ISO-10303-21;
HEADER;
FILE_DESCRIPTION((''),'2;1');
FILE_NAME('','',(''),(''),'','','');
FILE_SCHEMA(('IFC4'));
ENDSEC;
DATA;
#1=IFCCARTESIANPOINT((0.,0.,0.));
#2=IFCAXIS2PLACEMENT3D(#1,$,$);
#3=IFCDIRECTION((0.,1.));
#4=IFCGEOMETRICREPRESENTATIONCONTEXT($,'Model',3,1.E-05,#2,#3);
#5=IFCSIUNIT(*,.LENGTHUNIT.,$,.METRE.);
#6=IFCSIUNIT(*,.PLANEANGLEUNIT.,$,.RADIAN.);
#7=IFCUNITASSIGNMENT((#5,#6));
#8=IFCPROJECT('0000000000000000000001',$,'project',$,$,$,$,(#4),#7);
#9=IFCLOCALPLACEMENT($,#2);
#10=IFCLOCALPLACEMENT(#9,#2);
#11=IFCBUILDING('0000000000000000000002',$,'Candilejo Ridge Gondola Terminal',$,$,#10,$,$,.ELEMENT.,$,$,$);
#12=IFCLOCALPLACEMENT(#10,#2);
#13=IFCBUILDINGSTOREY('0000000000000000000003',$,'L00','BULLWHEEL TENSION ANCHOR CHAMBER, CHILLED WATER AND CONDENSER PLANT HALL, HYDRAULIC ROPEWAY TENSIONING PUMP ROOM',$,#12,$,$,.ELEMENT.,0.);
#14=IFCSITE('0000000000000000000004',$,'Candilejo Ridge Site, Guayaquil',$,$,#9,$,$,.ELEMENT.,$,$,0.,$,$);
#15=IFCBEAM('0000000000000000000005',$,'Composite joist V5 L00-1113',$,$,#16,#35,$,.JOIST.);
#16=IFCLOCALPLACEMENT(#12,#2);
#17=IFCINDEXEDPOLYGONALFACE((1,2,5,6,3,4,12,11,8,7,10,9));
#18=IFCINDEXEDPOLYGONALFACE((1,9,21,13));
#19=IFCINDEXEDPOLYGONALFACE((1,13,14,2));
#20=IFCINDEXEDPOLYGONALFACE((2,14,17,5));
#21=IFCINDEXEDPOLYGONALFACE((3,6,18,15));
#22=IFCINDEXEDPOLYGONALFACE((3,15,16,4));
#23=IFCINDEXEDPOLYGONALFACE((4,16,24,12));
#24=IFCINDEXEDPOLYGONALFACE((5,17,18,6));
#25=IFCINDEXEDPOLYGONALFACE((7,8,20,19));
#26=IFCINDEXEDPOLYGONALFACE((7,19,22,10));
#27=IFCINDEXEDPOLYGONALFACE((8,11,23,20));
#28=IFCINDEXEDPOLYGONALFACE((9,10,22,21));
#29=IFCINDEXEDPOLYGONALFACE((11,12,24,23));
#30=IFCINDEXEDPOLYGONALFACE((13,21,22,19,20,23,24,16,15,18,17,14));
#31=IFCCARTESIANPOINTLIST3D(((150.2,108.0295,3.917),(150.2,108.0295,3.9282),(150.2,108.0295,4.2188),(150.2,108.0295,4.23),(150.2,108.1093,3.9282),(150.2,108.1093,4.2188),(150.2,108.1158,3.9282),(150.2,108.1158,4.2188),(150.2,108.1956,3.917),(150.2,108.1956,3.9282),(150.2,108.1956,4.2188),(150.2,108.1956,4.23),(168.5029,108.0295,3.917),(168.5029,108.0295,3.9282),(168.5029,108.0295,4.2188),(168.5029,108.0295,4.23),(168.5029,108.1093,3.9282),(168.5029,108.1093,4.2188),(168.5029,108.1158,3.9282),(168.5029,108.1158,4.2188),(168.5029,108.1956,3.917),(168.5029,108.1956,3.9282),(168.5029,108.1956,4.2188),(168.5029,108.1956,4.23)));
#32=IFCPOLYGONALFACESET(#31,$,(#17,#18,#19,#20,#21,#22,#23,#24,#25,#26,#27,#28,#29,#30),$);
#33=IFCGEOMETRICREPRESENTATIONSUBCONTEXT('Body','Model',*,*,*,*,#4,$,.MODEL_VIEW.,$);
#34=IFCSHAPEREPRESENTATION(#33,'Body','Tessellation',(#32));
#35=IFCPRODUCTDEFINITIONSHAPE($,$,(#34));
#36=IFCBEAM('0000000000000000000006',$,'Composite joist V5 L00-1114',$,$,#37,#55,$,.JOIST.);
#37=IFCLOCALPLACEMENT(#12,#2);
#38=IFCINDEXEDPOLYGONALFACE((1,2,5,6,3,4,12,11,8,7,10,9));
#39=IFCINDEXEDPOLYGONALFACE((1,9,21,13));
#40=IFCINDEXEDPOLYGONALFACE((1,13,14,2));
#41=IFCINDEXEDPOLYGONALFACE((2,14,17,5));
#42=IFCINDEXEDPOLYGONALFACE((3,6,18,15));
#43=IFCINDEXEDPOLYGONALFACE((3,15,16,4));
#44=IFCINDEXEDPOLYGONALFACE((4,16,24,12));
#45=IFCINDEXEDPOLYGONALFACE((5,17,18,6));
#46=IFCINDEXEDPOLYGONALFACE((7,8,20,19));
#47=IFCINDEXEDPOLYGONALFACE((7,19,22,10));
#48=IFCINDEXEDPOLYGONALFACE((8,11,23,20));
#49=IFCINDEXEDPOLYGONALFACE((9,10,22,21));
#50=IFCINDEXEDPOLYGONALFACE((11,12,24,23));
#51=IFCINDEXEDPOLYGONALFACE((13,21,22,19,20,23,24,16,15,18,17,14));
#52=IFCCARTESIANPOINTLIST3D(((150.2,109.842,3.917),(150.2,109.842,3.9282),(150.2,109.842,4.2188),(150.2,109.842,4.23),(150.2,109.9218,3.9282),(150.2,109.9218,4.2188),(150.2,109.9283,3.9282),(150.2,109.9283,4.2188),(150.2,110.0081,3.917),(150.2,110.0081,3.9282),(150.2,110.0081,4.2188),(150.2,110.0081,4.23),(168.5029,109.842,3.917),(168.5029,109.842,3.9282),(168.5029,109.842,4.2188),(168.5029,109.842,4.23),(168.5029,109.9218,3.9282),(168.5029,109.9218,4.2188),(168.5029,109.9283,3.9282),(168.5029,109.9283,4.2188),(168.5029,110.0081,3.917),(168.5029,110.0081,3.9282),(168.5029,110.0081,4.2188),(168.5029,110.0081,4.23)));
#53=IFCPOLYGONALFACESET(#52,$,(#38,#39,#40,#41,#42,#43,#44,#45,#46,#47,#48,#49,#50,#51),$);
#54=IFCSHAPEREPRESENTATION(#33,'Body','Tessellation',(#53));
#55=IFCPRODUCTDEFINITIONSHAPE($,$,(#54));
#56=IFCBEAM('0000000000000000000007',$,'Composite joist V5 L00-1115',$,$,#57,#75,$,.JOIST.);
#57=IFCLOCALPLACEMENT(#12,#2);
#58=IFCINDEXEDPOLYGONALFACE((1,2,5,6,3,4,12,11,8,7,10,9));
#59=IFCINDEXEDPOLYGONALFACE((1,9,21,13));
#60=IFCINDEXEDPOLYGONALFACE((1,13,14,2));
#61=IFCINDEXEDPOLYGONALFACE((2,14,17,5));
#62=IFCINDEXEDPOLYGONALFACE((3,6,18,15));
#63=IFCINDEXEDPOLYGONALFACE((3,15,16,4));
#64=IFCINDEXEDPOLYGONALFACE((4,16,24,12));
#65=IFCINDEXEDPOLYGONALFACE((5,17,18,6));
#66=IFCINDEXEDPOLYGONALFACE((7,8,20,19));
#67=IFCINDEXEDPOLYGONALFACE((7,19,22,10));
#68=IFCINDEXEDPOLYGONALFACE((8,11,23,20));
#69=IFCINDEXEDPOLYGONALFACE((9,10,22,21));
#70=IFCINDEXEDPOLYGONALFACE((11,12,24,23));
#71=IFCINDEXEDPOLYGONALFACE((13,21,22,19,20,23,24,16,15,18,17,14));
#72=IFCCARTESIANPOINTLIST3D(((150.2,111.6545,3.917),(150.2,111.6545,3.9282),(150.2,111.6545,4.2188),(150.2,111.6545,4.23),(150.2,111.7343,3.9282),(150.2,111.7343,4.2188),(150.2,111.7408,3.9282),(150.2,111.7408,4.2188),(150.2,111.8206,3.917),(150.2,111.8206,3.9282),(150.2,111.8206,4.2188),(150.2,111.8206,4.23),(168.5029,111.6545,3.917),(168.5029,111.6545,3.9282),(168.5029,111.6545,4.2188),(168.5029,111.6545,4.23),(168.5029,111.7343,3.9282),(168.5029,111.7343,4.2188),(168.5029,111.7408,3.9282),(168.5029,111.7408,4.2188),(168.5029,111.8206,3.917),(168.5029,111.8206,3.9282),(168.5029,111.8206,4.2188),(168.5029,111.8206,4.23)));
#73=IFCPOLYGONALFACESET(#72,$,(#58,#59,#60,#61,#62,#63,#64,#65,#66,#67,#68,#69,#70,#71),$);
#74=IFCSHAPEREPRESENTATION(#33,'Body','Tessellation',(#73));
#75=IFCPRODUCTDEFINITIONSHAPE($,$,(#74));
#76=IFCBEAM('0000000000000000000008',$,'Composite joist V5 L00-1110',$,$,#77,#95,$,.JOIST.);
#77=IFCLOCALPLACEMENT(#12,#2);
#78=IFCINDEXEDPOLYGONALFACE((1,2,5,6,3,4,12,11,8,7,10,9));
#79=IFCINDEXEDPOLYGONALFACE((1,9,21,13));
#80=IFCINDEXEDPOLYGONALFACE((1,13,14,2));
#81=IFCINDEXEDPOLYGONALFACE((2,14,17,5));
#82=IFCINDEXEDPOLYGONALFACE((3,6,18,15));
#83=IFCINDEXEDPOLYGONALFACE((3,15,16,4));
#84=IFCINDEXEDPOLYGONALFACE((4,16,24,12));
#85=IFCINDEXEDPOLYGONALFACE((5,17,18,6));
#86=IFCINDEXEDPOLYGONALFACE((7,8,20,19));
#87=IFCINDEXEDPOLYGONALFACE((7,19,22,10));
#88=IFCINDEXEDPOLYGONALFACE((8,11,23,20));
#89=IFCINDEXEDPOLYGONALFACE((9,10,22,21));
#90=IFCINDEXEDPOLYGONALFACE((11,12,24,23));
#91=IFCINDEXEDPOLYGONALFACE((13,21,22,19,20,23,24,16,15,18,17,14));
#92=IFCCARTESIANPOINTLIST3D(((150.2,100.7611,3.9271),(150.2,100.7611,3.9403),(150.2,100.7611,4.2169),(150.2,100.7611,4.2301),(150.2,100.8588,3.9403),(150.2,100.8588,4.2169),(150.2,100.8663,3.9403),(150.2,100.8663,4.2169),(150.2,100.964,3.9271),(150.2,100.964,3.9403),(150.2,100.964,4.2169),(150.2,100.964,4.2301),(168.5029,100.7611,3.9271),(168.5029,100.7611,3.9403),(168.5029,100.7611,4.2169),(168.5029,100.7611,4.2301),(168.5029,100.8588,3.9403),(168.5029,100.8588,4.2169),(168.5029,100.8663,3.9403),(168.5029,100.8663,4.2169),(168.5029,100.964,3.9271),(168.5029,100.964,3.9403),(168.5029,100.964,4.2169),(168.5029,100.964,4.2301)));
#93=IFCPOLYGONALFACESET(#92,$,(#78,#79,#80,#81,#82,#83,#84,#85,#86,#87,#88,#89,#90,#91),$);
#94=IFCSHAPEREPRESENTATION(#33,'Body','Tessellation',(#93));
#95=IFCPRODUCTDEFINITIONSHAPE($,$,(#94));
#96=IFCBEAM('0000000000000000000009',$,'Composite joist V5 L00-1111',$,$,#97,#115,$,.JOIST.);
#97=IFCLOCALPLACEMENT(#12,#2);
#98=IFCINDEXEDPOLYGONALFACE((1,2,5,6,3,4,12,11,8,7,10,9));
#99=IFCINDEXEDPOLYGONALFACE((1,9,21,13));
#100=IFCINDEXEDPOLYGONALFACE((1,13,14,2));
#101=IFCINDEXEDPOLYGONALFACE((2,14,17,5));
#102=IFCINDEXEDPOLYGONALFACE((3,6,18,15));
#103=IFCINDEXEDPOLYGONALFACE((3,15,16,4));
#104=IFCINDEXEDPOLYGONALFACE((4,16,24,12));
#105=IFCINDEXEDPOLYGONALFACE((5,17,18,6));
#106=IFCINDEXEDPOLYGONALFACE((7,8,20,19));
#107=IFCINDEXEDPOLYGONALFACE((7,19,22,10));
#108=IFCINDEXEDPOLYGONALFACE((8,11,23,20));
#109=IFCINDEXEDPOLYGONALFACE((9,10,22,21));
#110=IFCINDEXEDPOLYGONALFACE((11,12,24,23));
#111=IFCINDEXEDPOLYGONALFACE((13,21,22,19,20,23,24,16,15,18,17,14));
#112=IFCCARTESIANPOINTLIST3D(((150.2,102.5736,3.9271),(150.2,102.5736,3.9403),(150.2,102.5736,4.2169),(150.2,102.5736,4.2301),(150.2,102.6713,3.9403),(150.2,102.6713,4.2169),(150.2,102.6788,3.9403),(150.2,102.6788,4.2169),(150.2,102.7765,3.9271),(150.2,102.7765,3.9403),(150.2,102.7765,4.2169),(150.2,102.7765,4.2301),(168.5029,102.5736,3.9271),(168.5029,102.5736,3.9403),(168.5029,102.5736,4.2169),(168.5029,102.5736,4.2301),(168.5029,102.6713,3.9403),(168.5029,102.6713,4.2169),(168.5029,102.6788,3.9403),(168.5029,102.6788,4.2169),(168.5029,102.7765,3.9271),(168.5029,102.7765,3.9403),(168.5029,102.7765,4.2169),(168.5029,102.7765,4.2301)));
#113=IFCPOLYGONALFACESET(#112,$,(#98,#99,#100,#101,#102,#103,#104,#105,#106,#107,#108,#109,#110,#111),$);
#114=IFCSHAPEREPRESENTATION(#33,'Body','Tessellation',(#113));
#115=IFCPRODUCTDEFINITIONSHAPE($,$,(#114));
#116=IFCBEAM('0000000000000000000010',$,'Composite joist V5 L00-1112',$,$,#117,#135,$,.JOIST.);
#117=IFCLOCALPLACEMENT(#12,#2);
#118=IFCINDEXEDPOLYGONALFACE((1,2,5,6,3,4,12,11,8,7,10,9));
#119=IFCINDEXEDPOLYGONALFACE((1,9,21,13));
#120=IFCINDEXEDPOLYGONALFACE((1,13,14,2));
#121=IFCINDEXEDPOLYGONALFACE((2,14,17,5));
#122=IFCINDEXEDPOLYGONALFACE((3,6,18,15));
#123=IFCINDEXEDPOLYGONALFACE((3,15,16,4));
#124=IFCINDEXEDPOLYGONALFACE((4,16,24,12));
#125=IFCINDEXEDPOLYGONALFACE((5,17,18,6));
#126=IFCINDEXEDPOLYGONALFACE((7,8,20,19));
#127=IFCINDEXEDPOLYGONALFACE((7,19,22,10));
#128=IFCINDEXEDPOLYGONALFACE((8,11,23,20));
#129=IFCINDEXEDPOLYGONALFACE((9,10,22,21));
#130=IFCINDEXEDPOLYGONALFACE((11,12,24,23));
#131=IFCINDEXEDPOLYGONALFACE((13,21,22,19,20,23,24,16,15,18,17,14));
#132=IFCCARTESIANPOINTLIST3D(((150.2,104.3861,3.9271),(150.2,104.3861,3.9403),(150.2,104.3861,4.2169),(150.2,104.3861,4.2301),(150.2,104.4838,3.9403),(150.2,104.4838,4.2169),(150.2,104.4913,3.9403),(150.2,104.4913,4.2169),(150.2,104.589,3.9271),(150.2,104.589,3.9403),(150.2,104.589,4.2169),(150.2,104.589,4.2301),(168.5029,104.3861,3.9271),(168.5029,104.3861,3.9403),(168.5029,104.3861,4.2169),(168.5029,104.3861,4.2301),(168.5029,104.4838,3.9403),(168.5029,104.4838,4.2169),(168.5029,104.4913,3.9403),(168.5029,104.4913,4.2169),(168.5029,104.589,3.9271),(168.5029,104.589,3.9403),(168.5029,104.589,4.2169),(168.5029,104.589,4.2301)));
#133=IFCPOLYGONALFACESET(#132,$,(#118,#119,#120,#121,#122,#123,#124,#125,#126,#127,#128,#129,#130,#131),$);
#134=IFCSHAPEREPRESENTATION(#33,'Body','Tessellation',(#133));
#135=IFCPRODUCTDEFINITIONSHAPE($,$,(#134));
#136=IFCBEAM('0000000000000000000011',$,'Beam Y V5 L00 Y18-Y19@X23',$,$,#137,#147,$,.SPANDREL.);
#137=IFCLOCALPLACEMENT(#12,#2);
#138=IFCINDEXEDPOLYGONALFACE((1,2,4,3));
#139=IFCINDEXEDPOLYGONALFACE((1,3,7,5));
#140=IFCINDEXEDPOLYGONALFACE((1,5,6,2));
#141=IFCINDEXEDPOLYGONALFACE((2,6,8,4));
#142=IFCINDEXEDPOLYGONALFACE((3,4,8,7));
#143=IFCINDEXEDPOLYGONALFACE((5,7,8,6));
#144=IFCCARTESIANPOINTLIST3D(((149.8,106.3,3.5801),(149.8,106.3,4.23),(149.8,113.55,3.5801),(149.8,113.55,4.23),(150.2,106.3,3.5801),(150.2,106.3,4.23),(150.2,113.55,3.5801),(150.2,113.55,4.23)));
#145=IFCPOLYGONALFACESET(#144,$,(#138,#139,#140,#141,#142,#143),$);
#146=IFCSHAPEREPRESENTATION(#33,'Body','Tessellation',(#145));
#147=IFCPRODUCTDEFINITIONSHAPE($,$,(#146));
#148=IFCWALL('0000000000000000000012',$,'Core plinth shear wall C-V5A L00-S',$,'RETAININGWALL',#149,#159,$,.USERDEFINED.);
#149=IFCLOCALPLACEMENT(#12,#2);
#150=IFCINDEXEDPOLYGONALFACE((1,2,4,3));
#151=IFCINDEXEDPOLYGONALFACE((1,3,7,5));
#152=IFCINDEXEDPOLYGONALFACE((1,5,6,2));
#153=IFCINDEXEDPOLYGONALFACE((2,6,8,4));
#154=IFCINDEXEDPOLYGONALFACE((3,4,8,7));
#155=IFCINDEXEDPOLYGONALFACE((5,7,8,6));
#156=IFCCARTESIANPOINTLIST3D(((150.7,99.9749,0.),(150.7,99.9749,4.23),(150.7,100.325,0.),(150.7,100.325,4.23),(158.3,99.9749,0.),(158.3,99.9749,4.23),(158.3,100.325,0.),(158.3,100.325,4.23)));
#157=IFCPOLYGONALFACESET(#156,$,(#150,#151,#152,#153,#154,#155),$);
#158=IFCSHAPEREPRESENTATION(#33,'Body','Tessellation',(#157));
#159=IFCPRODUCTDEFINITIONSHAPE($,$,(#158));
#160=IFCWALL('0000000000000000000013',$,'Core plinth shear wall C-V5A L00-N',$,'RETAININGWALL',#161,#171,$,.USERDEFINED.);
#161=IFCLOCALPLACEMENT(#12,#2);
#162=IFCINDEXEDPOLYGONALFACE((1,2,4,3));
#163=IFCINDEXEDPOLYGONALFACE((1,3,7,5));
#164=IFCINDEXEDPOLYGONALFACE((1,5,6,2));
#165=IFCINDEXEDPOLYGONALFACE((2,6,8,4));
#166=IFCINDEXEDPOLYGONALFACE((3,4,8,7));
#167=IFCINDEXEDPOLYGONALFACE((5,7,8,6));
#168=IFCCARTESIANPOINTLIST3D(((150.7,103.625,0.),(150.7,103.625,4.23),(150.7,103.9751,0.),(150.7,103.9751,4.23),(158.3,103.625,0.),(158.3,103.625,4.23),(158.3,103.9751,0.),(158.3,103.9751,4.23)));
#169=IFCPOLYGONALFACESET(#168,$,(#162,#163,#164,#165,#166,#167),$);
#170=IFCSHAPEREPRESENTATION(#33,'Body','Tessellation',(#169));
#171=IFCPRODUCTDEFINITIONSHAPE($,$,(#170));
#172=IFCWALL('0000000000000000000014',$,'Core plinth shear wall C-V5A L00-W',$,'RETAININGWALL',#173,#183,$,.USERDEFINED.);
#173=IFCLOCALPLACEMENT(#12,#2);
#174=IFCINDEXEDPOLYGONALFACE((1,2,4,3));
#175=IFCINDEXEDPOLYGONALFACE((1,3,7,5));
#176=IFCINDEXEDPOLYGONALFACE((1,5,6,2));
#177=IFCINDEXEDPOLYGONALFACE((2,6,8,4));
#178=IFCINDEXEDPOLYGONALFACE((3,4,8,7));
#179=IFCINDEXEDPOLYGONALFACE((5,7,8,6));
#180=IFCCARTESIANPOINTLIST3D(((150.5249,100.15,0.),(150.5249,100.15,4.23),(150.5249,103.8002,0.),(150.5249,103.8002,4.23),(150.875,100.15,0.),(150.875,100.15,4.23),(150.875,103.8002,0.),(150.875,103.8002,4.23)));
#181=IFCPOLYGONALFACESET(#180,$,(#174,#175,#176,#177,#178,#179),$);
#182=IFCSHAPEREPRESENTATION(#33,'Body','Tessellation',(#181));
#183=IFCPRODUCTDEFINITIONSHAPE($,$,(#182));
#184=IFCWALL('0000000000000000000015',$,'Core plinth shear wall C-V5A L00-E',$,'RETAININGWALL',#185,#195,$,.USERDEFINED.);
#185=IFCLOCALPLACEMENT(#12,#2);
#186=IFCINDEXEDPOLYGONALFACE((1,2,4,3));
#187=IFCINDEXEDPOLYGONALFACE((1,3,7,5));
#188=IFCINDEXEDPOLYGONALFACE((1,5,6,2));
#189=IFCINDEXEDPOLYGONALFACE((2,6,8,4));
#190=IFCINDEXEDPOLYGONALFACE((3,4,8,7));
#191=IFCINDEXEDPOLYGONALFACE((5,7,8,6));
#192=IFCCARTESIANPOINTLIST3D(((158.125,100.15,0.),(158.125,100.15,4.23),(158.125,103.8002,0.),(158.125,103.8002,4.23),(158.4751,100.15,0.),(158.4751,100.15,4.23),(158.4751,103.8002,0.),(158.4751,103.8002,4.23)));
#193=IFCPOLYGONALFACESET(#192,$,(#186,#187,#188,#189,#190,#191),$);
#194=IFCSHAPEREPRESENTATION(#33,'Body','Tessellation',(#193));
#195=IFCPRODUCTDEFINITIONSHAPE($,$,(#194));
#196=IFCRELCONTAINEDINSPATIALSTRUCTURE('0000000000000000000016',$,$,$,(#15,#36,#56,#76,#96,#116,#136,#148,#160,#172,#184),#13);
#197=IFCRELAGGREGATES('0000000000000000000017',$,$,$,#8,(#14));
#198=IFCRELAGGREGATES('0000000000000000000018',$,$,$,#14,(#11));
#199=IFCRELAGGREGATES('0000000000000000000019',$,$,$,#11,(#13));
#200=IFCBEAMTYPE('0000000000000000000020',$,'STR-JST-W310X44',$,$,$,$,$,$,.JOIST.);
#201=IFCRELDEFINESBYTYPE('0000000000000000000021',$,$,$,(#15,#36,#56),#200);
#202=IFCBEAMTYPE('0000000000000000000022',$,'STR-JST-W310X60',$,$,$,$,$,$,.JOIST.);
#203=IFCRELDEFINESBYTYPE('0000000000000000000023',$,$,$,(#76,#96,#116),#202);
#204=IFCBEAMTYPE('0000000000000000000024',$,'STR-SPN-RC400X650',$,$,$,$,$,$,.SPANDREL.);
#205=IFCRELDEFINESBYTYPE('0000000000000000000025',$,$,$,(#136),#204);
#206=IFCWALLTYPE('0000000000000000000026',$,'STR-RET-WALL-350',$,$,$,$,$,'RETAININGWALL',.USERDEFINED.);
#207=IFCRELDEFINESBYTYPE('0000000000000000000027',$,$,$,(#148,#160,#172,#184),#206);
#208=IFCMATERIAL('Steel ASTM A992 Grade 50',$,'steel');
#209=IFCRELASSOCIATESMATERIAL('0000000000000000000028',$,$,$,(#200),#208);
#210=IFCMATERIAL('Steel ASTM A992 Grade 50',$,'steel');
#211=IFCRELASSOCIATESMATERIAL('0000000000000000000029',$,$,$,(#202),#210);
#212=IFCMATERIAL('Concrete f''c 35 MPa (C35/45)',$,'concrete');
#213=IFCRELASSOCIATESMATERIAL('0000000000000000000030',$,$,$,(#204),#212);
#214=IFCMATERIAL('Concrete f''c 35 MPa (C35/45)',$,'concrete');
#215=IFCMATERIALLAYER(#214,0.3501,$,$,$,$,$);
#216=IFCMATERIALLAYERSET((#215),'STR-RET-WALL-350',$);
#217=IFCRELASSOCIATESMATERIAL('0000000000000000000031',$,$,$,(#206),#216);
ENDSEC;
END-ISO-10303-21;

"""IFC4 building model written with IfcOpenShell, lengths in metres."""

from ifc_helpers import new_model, si_unit, direction, frame, frame_2d, origin, origin_2d, place, context, subcontext, project, spatial, rectangle, i_section, extrude, material, layer, layer_set, material_profile, profile_set, type_object, element, save


model = new_model("IFC4")

# Units and contexts
model_context = context("Model", 3, precision=1e-05, world=origin(), true_north=direction((0.0, 1.0)))
body_context = subcontext(model_context, "Body", "Model", "MODEL_VIEW")
ifc_project = project(units=[si_unit("LENGTHUNIT", "METRE"), si_unit("PLANEANGLEUNIT", "RADIAN")], contexts=[model_context])

# Site, building, storey
site_placement = place(None, origin())
site = spatial("IfcSite", under=ifc_project, at=site_placement, Name="Candilejo Ridge Site, Guayaquil", CompositionType="ELEMENT", RefElevation=0.0)
building_placement = place(site_placement, origin())
building = spatial("IfcBuilding", under=site, at=building_placement, Name="Candilejo Ridge Gondola Terminal", CompositionType="ELEMENT")
storey_placement = place(building_placement, origin())
storey = spatial("IfcBuildingStorey", under=building, at=storey_placement, Name="L00", Description="BULLWHEEL TENSION ANCHOR CHAMBER, CHILLED WATER AND CONDENSER PLANT HALL, HYDRAULIC ROPEWAY TENSIONING PUMP ROOM", CompositionType="ELEMENT", Elevation=0.0)

# Beams
ifc_material_1 = material(Name="Steel ASTM A992 Grade 50", Category="steel")
ifc_material_profile_1 = material_profile(ifc_material_1, i_section(OverallWidth=0.166, OverallDepth=0.313, WebThickness=0.0066, FlangeThickness=0.0112, at=origin_2d()))
ifc_profile_set_1 = profile_set([ifc_material_profile_1], Name="Steel ASTM A992 Grade 50")
beam_type_1 = type_object("IfcBeamType", Name="STR-JST-W310X44", PredefinedType="JOIST", material=ifc_profile_set_1)
for number, where, z_axis, x_axis, name in (
    (1, (150.2, 108.1125, 4.0735), (1.0, 0.0, 0.0), (0.0, 1.0, 0.0), "Composite joist V5 L00-1113"),
    (2, (150.2, 109.925, 4.0735), (1.0, 0.0, 0.0), (0.0, 1.0, 0.0), "Composite joist V5 L00-1114"),
    (3, (150.2, 111.7375, 4.0735), (1.0, 0.0, 0.0), (0.0, 1.0, 0.0), "Composite joist V5 L00-1115"),
):
    element("IfcBeam", number, at=place(storey_placement, frame(where, z_axis=z_axis, x_axis=x_axis)), inside=storey, type_object=beam_type_1, Name=name, PredefinedType="JOIST", context=body_context, shape_type="SweptSolid", body=[
        extrude(i_section(OverallWidth=0.166, OverallDepth=0.313, WebThickness=0.0066, FlangeThickness=0.0112, at=origin_2d()), origin(), (0.0, 0.0, 1.0), 18.303),
    ])
ifc_material_2 = material(Name="Steel ASTM A992 Grade 50", Category="steel")
ifc_material_profile_2 = material_profile(ifc_material_2, i_section(OverallWidth=0.2029, OverallDepth=0.303, WebThickness=0.0076, FlangeThickness=0.0132, at=origin_2d()))
ifc_profile_set_2 = profile_set([ifc_material_profile_2], Name="Steel ASTM A992 Grade 50")
beam_type_2 = type_object("IfcBeamType", Name="STR-JST-W310X60", PredefinedType="JOIST", material=ifc_profile_set_2)
for number, where, z_axis, x_axis, name in (
    (4, (150.2, 100.8625, 4.0786), (1.0, 0.0, 0.0), (0.0, 1.0, 0.0), "Composite joist V5 L00-1110"),
    (5, (150.2, 102.675, 4.0786), (1.0, 0.0, 0.0), (0.0, 1.0, 0.0), "Composite joist V5 L00-1111"),
    (6, (150.2, 104.4875, 4.0786), (1.0, 0.0, 0.0), (0.0, 1.0, 0.0), "Composite joist V5 L00-1112"),
):
    element("IfcBeam", number, at=place(storey_placement, frame(where, z_axis=z_axis, x_axis=x_axis)), inside=storey, type_object=beam_type_2, Name=name, PredefinedType="JOIST", context=body_context, shape_type="SweptSolid", body=[
        extrude(i_section(OverallWidth=0.2029, OverallDepth=0.303, WebThickness=0.0076, FlangeThickness=0.0132, at=origin_2d()), origin(), (0.0, 0.0, 1.0), 18.303),
    ])
ifc_material_3 = material(Name="Concrete f'c 35 MPa (C35/45)", Category="concrete")
ifc_material_profile_3 = material_profile(ifc_material_3, rectangle(XDim=0.3999, YDim=0.6499, at=origin_2d()))
ifc_profile_set_3 = profile_set([ifc_material_profile_3], Name="Concrete f'c 35 MPa (C35/45)")
beam_type_3 = type_object("IfcBeamType", Name="STR-SPN-RC400X650", PredefinedType="SPANDREL", material=ifc_profile_set_3)
beam_1_placement = place(storey_placement, frame((150.0, 106.3, 3.905), z_axis=(0.0, 1.0, 0.0), x_axis=(-1.0, 0.0, 0.0)))
element("IfcBeam", 7, at=beam_1_placement, inside=storey, type_object=beam_type_3, Name="Beam Y V5 L00 Y18-Y19@X23", PredefinedType="SPANDREL", context=body_context, shape_type="SweptSolid", body=[
    extrude(rectangle(XDim=0.3999, YDim=0.6499, at=origin_2d()), origin(), (0.0, 0.0, 1.0), 7.25),
])

# Walls
ifc_material_4 = material(Name="Concrete f'c 35 MPa (C35/45)", Category="concrete")
ifc_layer = layer(ifc_material_4, 0.3501)
ifc_layer_set = layer_set([ifc_layer], Name="STR-RET-WALL-350")
wall_type = type_object("IfcWallType", Name="STR-RET-WALL-350", ElementType="RETAININGWALL", PredefinedType="USERDEFINED", material=ifc_layer_set)
for number, where, z_axis, x_axis, name in (
    (8, (150.7, 100.1499, 0.0), (0.0, 0.0, 1.0), (1.0, 0.0, 0.0), "Core plinth shear wall C-V5A L00-S"),
    (9, (150.7, 103.8, 0.0), (0.0, 0.0, 1.0), (1.0, 0.0, 0.0), "Core plinth shear wall C-V5A L00-N"),
):
    element("IfcWall", number, at=place(storey_placement, frame(where, z_axis=z_axis, x_axis=x_axis)), inside=storey, type_object=wall_type, Name=name, ObjectType="RETAININGWALL", PredefinedType="USERDEFINED", context=body_context, shape_type="SweptSolid", body=[
        extrude(rectangle(XDim=7.6001, YDim=0.3501, at=frame_2d((3.8, 0.0))), origin(), (0.0, 0.0, 1.0), 4.23),
    ])
for number, where, z_axis, x_axis, name in (
    (10, (150.7, 100.1499, 0.0), (0.0, 0.0, 1.0), (0.0, 1.0, 0.0), "Core plinth shear wall C-V5A L00-W"),
    (11, (158.3, 100.1499, 0.0), (0.0, 0.0, 1.0), (0.0, 1.0, 0.0), "Core plinth shear wall C-V5A L00-E"),
):
    element("IfcWall", number, at=place(storey_placement, frame(where, z_axis=z_axis, x_axis=x_axis)), inside=storey, type_object=wall_type, Name=name, ObjectType="RETAININGWALL", PredefinedType="USERDEFINED", context=body_context, shape_type="SweptSolid", body=[
        extrude(rectangle(XDim=3.6501, YDim=0.3501, at=frame_2d((1.8252, 0.0))), origin(), (0.0, 0.0, 1.0), 4.23),
    ])

save(model, "model.ifc")
